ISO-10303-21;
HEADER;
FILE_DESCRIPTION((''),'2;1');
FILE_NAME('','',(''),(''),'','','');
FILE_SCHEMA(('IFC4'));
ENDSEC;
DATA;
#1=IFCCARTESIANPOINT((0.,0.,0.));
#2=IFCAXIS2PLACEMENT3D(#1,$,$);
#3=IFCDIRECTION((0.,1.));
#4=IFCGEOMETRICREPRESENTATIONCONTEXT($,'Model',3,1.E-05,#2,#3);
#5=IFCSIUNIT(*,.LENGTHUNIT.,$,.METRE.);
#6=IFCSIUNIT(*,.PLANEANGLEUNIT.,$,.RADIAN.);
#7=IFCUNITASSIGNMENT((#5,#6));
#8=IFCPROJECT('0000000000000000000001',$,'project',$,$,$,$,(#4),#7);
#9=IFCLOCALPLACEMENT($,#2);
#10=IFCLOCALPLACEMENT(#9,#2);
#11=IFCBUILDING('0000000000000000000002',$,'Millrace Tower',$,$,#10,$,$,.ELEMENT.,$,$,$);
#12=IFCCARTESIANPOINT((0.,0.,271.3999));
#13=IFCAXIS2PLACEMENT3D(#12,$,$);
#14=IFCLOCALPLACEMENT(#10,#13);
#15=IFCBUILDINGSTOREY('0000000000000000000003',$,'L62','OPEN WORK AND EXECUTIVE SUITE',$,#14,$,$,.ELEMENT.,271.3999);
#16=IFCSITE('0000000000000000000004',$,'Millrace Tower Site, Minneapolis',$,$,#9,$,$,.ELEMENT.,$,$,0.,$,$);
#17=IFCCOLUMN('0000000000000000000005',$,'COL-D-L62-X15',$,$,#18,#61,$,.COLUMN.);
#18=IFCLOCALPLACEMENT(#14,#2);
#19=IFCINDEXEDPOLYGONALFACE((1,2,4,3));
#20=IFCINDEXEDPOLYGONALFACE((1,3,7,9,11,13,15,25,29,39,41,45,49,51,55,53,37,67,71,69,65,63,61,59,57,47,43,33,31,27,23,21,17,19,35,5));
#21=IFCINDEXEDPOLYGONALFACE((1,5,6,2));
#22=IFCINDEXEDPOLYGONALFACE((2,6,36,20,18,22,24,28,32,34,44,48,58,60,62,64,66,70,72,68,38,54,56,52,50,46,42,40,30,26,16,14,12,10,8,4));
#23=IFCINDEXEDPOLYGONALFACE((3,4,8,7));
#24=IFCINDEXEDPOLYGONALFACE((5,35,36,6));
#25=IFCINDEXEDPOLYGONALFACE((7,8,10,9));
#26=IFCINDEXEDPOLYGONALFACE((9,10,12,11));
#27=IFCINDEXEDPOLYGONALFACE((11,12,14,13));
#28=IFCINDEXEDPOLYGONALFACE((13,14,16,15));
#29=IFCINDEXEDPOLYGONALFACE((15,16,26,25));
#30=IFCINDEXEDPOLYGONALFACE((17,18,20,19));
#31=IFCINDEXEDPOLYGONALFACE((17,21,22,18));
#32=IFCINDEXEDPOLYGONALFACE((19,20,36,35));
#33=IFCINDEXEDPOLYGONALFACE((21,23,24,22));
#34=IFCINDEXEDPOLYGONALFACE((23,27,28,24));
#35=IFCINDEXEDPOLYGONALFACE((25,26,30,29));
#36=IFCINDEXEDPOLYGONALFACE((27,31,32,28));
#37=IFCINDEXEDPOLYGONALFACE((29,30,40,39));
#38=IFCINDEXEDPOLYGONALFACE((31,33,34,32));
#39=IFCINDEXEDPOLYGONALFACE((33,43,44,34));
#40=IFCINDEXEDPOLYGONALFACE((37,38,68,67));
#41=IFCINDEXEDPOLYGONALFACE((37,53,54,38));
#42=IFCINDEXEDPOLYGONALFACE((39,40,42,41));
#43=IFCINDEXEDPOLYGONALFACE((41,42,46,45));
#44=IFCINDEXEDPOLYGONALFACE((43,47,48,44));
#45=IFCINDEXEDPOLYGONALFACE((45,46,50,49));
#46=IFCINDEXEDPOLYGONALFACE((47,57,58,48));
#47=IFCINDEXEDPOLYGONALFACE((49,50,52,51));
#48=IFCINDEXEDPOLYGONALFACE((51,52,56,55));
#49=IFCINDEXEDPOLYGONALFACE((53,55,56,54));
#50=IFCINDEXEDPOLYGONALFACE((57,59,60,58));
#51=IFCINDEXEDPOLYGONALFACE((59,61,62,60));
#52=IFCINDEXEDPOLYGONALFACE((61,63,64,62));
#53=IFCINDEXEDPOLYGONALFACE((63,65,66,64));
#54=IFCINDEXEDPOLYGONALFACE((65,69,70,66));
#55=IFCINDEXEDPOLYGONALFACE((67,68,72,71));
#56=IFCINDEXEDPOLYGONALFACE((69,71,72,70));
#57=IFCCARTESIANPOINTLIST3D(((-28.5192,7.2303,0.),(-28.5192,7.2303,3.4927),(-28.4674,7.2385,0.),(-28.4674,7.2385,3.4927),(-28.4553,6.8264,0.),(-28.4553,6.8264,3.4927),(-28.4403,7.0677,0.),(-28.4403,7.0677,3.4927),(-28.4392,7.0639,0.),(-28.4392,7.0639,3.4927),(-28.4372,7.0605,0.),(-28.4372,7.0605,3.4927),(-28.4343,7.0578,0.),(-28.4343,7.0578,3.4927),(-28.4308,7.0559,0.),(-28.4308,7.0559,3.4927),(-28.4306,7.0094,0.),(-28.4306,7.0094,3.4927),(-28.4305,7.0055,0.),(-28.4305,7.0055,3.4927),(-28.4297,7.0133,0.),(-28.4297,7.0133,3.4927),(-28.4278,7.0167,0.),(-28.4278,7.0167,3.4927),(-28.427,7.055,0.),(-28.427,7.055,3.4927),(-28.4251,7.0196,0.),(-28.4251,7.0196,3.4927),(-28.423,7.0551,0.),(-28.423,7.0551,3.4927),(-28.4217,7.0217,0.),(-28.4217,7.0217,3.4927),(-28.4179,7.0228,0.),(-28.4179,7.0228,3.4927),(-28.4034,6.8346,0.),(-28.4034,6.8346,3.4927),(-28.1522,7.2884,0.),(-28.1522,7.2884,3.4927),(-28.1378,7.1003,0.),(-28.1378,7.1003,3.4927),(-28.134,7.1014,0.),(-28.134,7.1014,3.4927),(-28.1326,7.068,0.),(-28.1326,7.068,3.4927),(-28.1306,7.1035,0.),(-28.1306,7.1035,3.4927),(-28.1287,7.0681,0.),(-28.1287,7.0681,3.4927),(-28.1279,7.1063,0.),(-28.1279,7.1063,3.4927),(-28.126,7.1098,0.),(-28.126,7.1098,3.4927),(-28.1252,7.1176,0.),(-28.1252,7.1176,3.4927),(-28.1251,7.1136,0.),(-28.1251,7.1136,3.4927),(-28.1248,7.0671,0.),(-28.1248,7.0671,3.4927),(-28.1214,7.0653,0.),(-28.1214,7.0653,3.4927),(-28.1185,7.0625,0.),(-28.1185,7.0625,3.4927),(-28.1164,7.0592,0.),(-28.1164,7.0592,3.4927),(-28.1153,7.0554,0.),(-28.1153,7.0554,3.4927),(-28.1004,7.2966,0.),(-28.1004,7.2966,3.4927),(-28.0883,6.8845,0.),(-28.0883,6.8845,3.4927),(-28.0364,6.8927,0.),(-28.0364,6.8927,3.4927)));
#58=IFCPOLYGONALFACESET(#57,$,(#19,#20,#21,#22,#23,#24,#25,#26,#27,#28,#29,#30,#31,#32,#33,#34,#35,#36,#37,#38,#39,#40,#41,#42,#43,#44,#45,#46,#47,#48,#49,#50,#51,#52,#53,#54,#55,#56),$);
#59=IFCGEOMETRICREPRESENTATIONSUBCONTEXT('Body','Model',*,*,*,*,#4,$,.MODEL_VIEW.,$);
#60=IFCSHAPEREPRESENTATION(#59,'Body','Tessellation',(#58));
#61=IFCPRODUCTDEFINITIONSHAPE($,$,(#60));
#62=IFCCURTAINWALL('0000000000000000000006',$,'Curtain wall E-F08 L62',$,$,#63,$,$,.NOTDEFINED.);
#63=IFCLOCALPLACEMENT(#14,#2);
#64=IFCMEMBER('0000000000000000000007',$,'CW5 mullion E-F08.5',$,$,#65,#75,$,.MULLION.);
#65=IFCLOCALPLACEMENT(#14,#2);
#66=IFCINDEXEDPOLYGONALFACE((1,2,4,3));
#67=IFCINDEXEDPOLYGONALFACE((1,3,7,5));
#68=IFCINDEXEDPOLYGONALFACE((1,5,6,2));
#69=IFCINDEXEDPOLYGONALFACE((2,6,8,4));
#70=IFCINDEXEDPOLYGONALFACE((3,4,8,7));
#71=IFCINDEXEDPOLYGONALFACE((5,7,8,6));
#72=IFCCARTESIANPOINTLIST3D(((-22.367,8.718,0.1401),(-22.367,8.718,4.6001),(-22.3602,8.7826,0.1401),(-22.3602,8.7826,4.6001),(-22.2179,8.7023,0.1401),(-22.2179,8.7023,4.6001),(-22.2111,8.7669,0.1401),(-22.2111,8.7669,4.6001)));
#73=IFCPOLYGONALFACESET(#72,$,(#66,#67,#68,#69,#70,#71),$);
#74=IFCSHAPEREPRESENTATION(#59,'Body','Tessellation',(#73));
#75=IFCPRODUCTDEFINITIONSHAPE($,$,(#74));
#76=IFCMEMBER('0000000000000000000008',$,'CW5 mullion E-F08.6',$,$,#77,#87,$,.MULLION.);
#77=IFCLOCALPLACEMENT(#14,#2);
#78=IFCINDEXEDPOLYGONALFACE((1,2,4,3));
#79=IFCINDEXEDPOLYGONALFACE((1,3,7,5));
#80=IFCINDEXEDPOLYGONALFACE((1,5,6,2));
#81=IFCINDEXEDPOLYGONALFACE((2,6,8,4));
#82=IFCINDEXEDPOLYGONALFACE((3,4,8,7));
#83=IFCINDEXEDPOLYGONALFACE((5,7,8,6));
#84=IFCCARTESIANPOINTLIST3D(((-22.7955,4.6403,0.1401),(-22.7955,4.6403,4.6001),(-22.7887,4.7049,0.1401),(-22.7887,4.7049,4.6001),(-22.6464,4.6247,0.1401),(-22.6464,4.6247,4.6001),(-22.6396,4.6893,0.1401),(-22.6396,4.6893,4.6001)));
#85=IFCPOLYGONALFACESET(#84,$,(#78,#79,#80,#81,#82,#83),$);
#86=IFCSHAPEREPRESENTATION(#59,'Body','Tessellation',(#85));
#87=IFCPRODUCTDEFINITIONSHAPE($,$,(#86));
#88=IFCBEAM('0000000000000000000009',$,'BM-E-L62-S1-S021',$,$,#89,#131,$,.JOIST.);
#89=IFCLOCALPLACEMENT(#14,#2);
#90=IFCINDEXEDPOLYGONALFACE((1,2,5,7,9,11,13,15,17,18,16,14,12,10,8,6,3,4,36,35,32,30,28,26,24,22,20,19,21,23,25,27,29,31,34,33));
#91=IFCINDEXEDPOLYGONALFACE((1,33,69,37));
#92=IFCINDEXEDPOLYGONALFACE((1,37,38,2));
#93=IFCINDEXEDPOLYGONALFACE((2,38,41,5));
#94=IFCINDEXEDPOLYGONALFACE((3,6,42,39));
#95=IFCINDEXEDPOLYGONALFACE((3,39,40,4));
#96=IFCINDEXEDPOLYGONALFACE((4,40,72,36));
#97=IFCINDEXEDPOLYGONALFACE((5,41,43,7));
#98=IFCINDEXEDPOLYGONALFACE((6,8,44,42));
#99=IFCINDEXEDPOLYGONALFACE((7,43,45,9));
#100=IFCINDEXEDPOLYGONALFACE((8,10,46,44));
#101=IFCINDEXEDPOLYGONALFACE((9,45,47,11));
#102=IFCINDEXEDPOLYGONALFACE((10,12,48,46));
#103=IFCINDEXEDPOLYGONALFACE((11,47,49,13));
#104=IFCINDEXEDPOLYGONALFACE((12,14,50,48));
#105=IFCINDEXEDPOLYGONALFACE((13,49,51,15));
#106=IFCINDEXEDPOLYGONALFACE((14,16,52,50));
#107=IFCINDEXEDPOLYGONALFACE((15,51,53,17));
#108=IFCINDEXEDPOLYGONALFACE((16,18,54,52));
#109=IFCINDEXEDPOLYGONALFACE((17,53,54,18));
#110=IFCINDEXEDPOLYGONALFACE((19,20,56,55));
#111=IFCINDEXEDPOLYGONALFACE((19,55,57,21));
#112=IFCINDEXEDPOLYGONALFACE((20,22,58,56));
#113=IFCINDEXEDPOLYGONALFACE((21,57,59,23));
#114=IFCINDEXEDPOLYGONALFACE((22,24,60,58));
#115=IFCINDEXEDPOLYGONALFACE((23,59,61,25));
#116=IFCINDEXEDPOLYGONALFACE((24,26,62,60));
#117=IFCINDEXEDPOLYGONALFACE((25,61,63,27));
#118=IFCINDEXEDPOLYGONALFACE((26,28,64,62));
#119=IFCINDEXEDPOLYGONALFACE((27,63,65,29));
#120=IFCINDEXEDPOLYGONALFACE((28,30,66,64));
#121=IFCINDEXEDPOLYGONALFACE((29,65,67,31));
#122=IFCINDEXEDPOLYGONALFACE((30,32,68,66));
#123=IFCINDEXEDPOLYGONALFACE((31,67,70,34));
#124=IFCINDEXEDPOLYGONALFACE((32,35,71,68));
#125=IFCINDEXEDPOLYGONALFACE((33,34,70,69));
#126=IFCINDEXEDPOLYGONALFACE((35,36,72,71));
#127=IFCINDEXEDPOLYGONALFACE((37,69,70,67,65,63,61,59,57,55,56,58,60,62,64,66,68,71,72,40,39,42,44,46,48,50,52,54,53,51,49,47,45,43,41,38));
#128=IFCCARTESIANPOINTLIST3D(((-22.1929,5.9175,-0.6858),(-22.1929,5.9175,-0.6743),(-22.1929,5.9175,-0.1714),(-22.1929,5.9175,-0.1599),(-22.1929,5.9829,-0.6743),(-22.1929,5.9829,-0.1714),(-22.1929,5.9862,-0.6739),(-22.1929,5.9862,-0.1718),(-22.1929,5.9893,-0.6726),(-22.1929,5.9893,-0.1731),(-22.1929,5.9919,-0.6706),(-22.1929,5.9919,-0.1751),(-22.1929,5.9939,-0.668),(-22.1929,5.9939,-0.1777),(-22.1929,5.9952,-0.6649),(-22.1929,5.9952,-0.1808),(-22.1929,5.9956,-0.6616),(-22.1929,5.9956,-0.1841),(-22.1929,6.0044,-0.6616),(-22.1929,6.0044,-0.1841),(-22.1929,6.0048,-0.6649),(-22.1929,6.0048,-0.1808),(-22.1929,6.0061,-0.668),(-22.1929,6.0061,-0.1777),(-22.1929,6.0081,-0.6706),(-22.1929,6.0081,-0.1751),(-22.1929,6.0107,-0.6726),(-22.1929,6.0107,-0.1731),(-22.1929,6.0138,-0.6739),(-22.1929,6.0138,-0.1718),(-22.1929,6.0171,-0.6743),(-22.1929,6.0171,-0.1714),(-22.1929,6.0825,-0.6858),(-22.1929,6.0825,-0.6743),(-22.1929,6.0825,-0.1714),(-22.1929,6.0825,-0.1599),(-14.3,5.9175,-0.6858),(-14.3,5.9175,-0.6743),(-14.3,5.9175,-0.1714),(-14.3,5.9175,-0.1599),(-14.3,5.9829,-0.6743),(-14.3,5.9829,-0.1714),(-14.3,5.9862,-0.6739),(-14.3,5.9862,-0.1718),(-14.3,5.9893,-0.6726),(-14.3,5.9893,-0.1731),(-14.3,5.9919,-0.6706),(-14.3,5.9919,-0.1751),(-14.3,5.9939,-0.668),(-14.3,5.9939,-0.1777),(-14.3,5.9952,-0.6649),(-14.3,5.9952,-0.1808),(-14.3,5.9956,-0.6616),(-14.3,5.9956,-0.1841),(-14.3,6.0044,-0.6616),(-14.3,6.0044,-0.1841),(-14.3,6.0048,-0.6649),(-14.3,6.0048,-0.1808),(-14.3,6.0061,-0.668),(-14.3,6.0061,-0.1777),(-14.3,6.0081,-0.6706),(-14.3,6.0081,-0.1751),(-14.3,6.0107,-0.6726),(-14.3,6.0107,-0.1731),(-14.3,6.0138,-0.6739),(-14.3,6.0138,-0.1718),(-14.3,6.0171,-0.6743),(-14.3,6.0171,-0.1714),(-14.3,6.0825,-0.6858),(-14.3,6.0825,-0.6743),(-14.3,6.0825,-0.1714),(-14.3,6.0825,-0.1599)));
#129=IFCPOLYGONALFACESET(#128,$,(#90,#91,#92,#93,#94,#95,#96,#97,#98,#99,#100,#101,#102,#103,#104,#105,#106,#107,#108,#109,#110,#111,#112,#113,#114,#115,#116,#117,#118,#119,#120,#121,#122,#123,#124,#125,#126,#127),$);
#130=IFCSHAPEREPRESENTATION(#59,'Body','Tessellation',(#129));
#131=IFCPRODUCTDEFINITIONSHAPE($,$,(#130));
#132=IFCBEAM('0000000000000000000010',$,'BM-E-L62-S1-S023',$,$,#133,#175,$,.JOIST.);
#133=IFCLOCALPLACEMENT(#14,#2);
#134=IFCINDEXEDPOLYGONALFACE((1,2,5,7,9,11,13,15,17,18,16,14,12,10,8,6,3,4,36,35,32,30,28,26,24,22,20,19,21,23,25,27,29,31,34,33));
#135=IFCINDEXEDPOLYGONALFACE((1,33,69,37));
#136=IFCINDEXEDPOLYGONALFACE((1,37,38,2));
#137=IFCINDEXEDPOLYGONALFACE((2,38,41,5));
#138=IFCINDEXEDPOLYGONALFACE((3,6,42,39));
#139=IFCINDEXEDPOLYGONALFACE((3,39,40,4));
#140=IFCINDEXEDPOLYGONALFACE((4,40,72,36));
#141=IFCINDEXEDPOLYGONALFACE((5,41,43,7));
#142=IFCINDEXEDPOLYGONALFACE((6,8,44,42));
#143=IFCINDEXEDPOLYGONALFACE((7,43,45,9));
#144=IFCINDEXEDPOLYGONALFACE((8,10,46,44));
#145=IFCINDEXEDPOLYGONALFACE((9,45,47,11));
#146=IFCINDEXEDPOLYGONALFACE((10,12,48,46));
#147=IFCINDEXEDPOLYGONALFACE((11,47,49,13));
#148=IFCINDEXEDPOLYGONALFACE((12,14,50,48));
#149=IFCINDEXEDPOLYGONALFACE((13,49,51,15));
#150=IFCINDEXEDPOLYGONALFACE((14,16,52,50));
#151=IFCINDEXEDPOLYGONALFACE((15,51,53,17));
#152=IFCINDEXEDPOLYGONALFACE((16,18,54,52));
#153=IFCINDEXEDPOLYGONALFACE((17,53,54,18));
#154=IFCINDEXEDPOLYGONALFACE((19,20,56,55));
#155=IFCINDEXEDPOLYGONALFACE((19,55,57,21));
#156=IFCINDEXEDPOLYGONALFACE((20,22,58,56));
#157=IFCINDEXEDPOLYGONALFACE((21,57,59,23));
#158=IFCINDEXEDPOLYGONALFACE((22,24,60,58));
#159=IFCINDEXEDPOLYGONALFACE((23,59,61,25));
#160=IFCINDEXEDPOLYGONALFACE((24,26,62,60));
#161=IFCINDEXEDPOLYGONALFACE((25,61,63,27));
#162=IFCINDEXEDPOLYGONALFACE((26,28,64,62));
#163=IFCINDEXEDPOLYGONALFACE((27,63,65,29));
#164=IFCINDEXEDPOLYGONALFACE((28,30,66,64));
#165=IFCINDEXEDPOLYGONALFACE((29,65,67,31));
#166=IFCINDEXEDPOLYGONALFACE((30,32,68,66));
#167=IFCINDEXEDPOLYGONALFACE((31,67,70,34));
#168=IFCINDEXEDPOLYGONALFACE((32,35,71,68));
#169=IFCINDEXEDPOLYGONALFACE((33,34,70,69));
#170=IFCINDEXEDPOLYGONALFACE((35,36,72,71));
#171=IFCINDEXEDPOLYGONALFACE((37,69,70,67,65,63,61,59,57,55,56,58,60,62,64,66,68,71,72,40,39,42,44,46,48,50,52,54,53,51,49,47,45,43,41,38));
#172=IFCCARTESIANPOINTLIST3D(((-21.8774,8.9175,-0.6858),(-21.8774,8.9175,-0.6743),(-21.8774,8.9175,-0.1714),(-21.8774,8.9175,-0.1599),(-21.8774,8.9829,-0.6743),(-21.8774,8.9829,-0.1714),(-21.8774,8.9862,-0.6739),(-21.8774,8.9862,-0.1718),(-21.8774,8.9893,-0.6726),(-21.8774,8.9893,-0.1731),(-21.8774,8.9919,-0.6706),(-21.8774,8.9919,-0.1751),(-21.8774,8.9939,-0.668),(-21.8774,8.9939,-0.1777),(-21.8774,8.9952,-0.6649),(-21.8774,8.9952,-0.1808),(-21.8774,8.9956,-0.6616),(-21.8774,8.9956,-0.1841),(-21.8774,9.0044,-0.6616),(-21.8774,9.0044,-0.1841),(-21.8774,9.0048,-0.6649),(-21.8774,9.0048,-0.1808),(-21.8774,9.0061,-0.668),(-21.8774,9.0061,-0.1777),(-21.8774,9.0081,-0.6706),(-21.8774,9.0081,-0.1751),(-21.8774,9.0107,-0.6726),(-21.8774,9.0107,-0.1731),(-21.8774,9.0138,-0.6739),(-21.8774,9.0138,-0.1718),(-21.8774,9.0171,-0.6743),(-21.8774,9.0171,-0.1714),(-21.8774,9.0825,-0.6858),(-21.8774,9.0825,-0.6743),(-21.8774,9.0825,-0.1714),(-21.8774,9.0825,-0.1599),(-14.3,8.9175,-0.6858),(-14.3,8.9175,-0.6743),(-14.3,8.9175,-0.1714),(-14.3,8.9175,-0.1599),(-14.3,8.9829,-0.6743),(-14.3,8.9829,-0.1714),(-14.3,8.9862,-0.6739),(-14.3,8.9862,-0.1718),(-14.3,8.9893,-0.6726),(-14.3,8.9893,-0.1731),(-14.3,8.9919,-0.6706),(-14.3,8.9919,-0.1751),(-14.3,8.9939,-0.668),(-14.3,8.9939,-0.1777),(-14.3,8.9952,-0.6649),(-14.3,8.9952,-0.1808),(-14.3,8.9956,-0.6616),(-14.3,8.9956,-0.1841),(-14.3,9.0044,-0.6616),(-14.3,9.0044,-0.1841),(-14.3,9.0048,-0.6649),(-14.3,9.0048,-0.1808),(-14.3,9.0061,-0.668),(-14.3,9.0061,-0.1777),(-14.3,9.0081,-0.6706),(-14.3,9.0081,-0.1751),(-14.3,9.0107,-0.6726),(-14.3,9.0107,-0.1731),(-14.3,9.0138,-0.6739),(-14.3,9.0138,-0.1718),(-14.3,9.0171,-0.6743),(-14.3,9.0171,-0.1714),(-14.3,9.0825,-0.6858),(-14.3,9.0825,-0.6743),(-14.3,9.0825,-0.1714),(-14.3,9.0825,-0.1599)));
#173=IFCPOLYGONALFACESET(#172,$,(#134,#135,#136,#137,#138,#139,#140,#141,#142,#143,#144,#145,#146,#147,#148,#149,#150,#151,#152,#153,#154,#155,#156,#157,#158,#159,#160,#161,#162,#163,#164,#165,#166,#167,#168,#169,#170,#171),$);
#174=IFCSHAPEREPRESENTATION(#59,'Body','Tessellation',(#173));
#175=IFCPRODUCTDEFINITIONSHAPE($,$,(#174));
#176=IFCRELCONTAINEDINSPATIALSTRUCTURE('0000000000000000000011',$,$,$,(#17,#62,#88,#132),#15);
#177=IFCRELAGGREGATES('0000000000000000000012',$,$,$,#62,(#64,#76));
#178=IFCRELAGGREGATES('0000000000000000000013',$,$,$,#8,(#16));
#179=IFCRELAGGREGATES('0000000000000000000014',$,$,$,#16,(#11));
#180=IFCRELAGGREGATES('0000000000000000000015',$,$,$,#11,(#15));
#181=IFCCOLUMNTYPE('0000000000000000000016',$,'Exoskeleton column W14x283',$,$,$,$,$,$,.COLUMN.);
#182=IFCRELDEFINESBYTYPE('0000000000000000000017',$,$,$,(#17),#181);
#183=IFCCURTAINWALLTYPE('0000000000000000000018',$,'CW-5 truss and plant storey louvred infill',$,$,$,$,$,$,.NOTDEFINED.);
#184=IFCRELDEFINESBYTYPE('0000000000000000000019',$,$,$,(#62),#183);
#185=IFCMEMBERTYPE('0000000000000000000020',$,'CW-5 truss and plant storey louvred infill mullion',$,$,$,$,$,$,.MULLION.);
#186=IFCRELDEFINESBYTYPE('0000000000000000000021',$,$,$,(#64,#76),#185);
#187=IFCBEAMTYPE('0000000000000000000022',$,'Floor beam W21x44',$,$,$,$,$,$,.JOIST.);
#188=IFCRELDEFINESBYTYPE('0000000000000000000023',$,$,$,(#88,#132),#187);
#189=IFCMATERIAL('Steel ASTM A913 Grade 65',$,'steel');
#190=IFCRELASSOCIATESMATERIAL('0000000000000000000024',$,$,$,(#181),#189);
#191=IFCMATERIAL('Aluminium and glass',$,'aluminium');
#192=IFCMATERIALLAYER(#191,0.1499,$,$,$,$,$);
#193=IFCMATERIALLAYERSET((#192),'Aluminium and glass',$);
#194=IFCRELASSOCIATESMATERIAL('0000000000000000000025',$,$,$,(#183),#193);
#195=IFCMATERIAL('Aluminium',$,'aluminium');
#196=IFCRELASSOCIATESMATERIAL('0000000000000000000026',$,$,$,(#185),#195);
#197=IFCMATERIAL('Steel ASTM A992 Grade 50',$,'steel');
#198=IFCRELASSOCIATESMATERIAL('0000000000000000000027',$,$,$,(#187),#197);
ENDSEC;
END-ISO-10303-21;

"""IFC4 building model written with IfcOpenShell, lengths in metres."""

from ifc_helpers import new_model, si_unit, direction, frame, origin, origin_2d, place, context, subcontext, project, spatial, rectangle, i_section, extrude, material, layer, layer_set, material_profile, profile_set, type_object, element, aggregate, save


model = new_model("IFC4")

# Units and contexts
model_context = context("Model", 3, precision=1e-05, world=origin(), true_north=direction((0.0, 1.0)))
body_context = subcontext(model_context, "Body", "Model", "MODEL_VIEW")
ifc_project = project(units=[si_unit("LENGTHUNIT", "METRE"), si_unit("PLANEANGLEUNIT", "RADIAN")], contexts=[model_context])

# Site, building, storey
site_placement = place(None, origin())
site = spatial("IfcSite", under=ifc_project, at=site_placement, Name="Millrace Tower Site, Minneapolis", CompositionType="ELEMENT", RefElevation=0.0)
building_placement = place(site_placement, origin())
building = spatial("IfcBuilding", under=site, at=building_placement, Name="Millrace Tower", CompositionType="ELEMENT")
storey_placement = place(building_placement, frame((0.0, 0.0, 271.3999)))
storey = spatial("IfcBuildingStorey", under=building, at=storey_placement, Name="L62", Description="OPEN WORK AND EXECUTIVE SUITE", CompositionType="ELEMENT", Elevation=271.3999)

# Column
ifc_material_1 = material(Name="Steel ASTM A913 Grade 65", Category="steel")
ifc_material_profile_1 = material_profile(ifc_material_1, i_section(OverallWidth=0.4089, OverallDepth=0.4241, WebThickness=0.0327, FlangeThickness=0.0525, FilletRadius=0.0151, at=origin_2d()))
ifc_profile_set_1 = profile_set([ifc_material_profile_1], Name="Steel ASTM A913 Grade 65")
column_type = type_object("IfcColumnType", Name="Exoskeleton column W14x283", PredefinedType="COLUMN", material=ifc_profile_set_1)
column_placement = place(storey_placement, frame((-28.2778, 7.0615, 0.0), z_axis=(0.0, 0.0, 1.0), x_axis=(0.156434, -0.987688, 0.0)))
element("IfcColumn", 1, at=column_placement, inside=storey, type_object=column_type, Name="COL-D-L62-X15", PredefinedType="COLUMN", context=body_context, shape_type="SweptSolid", body=[
    extrude(i_section(OverallWidth=0.4089, OverallDepth=0.4241, WebThickness=0.0327, FlangeThickness=0.0525, FilletRadius=0.0151, at=origin_2d()), origin(), (0.0, 0.0, 1.0), 3.4927),
])

# Curtain wall, members
ifc_material_2 = material(Name="Aluminium and glass", Category="aluminium")
ifc_layer_1 = layer(ifc_material_2, 0.1499)
ifc_layer_set_1 = layer_set([ifc_layer_1], Name="Aluminium and glass")
curtain_wall_type = type_object("IfcCurtainWallType", Name="CW-5 truss and plant storey louvred infill", PredefinedType="NOTDEFINED", material=ifc_layer_set_1)
curtain_wall_placement = place(storey_placement, origin())
curtain_wall = element("IfcCurtainWall", 2, at=curtain_wall_placement, inside=storey, type_object=curtain_wall_type, Name="Curtain wall E-F08 L62", PredefinedType="NOTDEFINED")
ifc_material_3 = material(Name="Aluminium", Category="aluminium")
ifc_material_profile_2 = material_profile(ifc_material_3, rectangle(XDim=0.0649, YDim=0.1499, at=origin_2d()))
ifc_profile_set_2 = profile_set([ifc_material_profile_2], Name="Aluminium")
member_type_1 = type_object("IfcMemberType", Name="CW-5 truss and plant storey louvred infill mullion", PredefinedType="MULLION", material=ifc_profile_set_2)
member_1_placement = place(storey_placement, frame((-22.2891, 8.7424, 0.1401), z_axis=(0.0, 0.0, 1.0), x_axis=(-0.104528, -0.994522, 0.0)))
member_1 = element("IfcMember", 3, at=member_1_placement, type_object=member_type_1, Name="CW5 mullion E-F08.5", PredefinedType="MULLION", context=body_context, shape_type="SweptSolid", body=[
    extrude(rectangle(XDim=0.0649, YDim=0.1499, at=origin_2d()), origin(), (0.0, 0.0, 1.0), 4.46),
])
member_2_placement = place(storey_placement, frame((-22.7175, 4.6648, 0.1401), z_axis=(0.0, 0.0, 1.0), x_axis=(-0.104528, -0.994522, 0.0)))
member_2 = element("IfcMember", 4, at=member_2_placement, type_object=member_type_1, Name="CW5 mullion E-F08.6", PredefinedType="MULLION", context=body_context, shape_type="SweptSolid", body=[
    extrude(rectangle(XDim=0.0649, YDim=0.1499, at=origin_2d()), origin(), (0.0, 0.0, 1.0), 4.46),
])
aggregate(curtain_wall, [member_1, member_2])

# Beams
ifc_material_4 = material(Name="Steel ASTM A992 Grade 50", Category="steel")
ifc_material_profile_3 = material_profile(ifc_material_4, i_section(OverallWidth=0.165, OverallDepth=0.5259, WebThickness=0.0088, FlangeThickness=0.0115, FilletRadius=0.0127, at=origin_2d()))
ifc_profile_set_3 = profile_set([ifc_material_profile_3], Name="Steel ASTM A992 Grade 50")
beam_type_1 = type_object("IfcBeamType", Name="Floor beam W21x44", PredefinedType="JOIST", material=ifc_profile_set_3)
beam_1_placement = place(storey_placement, frame((-22.1929, 6.0, -0.4229), z_axis=(1.0, 0.0, 0.0), x_axis=(0.0, 1.0, 0.0)))
element("IfcBeam", 5, at=beam_1_placement, inside=storey, type_object=beam_type_1, Name="BM-E-L62-S1-S021", PredefinedType="JOIST", context=body_context, shape_type="SweptSolid", body=[
    extrude(i_section(OverallWidth=0.165, OverallDepth=0.5259, WebThickness=0.0088, FlangeThickness=0.0115, FilletRadius=0.0127, at=origin_2d()), origin(), (0.0, 0.0, 1.0), 7.8928),
])
beam_2_placement = place(storey_placement, frame((-21.8774, 9.0, -0.4229), z_axis=(1.0, 0.0, 0.0), x_axis=(0.0, 1.0, 0.0)))
element("IfcBeam", 6, at=beam_2_placement, inside=storey, type_object=beam_type_1, Name="BM-E-L62-S1-S023", PredefinedType="JOIST", context=body_context, shape_type="SweptSolid", body=[
    extrude(i_section(OverallWidth=0.165, OverallDepth=0.5259, WebThickness=0.0088, FlangeThickness=0.0115, FilletRadius=0.0127, at=origin_2d()), origin(), (0.0, 0.0, 1.0), 7.5774),
])

save(model, "model.ifc")
